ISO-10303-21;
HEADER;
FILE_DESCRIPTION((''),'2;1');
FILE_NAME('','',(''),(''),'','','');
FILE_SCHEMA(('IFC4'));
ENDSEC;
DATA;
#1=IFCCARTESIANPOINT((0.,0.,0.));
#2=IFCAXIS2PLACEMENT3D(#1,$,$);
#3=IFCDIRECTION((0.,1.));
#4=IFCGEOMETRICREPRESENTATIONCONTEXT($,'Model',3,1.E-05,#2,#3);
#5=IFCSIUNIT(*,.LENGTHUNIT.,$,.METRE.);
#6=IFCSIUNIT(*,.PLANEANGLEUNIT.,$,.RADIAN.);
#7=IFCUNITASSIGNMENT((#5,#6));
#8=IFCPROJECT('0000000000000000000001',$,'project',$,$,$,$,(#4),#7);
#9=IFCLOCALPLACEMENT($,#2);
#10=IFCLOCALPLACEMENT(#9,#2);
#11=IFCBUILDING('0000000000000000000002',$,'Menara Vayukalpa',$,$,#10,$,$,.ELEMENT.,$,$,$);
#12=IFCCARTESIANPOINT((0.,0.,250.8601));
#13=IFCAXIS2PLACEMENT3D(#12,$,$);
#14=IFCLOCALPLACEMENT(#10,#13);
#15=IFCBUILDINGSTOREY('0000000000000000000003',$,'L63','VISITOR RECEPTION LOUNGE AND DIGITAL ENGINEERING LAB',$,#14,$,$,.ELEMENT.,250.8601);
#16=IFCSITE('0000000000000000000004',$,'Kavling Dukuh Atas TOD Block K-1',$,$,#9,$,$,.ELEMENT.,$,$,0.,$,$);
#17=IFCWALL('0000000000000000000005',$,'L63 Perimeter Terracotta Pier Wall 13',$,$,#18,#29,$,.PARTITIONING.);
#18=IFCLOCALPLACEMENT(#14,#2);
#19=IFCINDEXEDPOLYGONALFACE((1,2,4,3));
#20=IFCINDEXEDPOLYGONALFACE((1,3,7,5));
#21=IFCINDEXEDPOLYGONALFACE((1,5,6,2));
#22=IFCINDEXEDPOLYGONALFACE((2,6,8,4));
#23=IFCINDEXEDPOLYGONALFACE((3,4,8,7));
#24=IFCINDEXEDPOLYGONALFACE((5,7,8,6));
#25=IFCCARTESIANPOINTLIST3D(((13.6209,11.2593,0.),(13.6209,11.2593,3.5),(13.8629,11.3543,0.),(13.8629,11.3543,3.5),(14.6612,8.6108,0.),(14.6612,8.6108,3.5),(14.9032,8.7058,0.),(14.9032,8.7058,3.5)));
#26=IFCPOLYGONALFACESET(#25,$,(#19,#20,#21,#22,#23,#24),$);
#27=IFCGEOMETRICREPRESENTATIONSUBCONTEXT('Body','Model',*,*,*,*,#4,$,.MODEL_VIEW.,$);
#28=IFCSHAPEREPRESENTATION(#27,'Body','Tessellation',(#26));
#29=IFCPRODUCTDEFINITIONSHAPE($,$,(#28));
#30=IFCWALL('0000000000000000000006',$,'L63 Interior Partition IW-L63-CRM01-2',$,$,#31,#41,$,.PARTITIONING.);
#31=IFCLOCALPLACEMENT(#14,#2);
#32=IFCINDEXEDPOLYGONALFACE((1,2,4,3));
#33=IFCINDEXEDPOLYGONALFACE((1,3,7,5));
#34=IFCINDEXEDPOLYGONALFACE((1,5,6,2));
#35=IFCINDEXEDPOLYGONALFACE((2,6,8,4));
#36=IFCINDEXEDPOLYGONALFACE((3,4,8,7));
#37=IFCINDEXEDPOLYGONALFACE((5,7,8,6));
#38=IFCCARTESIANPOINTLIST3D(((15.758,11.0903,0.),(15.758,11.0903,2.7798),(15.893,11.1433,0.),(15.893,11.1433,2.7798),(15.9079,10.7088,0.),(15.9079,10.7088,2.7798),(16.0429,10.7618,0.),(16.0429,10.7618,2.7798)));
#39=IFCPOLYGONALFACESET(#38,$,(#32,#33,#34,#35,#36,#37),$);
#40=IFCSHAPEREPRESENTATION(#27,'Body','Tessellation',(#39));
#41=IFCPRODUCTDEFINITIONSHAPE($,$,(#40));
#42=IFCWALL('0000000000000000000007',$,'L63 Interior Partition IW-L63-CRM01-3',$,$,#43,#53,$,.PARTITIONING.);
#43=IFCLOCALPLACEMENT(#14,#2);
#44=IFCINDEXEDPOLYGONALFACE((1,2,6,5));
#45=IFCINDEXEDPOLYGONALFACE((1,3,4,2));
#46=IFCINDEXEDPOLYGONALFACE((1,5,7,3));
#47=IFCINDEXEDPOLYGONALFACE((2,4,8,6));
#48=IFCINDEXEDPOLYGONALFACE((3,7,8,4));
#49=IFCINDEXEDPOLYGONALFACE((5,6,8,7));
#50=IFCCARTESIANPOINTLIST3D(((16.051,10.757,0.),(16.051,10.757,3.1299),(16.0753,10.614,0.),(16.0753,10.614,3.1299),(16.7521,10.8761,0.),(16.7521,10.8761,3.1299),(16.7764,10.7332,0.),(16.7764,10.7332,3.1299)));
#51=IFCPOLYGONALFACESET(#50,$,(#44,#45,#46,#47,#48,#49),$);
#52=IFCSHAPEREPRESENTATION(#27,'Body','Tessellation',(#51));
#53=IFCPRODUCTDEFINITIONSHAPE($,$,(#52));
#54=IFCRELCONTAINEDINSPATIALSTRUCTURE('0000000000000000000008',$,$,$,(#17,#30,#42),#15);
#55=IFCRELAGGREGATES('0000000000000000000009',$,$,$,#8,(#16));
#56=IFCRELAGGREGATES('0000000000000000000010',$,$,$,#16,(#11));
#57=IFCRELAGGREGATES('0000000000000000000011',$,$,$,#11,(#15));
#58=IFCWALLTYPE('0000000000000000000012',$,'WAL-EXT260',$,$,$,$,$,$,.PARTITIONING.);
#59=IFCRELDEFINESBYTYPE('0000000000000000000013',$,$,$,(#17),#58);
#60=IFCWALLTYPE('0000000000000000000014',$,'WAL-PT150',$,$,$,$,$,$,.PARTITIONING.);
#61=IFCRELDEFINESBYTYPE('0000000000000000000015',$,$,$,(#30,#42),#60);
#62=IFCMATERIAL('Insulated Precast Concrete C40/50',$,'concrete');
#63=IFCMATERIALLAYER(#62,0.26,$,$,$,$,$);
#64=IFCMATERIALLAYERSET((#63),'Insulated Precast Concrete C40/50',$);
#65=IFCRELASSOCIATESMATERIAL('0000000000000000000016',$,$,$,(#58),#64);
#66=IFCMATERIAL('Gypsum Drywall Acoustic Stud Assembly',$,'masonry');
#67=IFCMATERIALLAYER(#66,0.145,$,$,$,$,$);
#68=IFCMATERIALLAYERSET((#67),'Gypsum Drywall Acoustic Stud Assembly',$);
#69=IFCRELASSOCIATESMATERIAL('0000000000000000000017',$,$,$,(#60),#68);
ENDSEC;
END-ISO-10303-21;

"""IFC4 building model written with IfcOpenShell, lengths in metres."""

from ifc_helpers import new_model, si_unit, direction, frame, frame_2d, origin, place, context, subcontext, project, spatial, rectangle, extrude, material, layer, layer_set, type_object, element, save


model = new_model("IFC4")

# Units and contexts
model_context = context("Model", 3, precision=1e-05, world=origin(), true_north=direction((0.0, 1.0)))
body_context = subcontext(model_context, "Body", "Model", "MODEL_VIEW")
ifc_project = project(units=[si_unit("LENGTHUNIT", "METRE"), si_unit("PLANEANGLEUNIT", "RADIAN")], contexts=[model_context])

# Site, building, storey
site_placement = place(None, origin())
site = spatial("IfcSite", under=ifc_project, at=site_placement, Name="Kavling Dukuh Atas TOD Block K-1", CompositionType="ELEMENT", RefElevation=0.0)
building_placement = place(site_placement, origin())
building = spatial("IfcBuilding", under=site, at=building_placement, Name="Menara Vayukalpa", CompositionType="ELEMENT")
storey_placement = place(building_placement, frame((0.0, 0.0, 250.8601)))
storey = spatial("IfcBuildingStorey", under=building, at=storey_placement, Name="L63", Description="VISITOR RECEPTION LOUNGE AND DIGITAL ENGINEERING LAB", CompositionType="ELEMENT", Elevation=250.8601)

# Walls
ifc_material_1 = material(Name="Insulated Precast Concrete C40/50", Category="concrete")
ifc_layer_1 = layer(ifc_material_1, 0.26)
ifc_layer_set_1 = layer_set([ifc_layer_1], Name="Insulated Precast Concrete C40/50")
wall_type_1 = type_object("IfcWallType", Name="WAL-EXT260", PredefinedType="PARTITIONING", material=ifc_layer_set_1)
wall_1_placement = place(storey_placement, frame((14.7822, 8.6582, 0.0), z_axis=(0.0, 0.0, 1.0), x_axis=(-0.365599, 0.930772, 0.0)))
element("IfcWall", 1, at=wall_1_placement, inside=storey, type_object=wall_type_1, Name="L63 Perimeter Terracotta Pier Wall 13", PredefinedType="PARTITIONING", context=body_context, shape_type="SweptSolid", body=[
    extrude(rectangle(XDim=2.8455, YDim=0.26, at=frame_2d((1.4229, 0.0))), origin(), (0.0, 0.0, 1.0), 3.5),
])
ifc_material_2 = material(Name="Gypsum Drywall Acoustic Stud Assembly", Category="masonry")
ifc_layer_2 = layer(ifc_material_2, 0.145)
ifc_layer_set_2 = layer_set([ifc_layer_2], Name="Gypsum Drywall Acoustic Stud Assembly")
wall_type_2 = type_object("IfcWallType", Name="WAL-PT150", PredefinedType="PARTITIONING", material=ifc_layer_set_2)
wall_2_placement = place(storey_placement, frame((15.8254, 11.1169, 0.0), z_axis=(0.0, 0.0, 1.0), x_axis=(0.365634, -0.930759, 0.0)))
element("IfcWall", 2, at=wall_2_placement, inside=storey, type_object=wall_type_2, Name="L63 Interior Partition IW-L63-CRM01-2", PredefinedType="PARTITIONING", context=body_context, shape_type="SweptSolid", body=[
    extrude(rectangle(XDim=0.4099, YDim=0.145, at=frame_2d((0.2051, 0.0))), origin(), (0.0, 0.0, 1.0), 2.7798),
])
wall_3_placement = place(storey_placement, frame((16.0632, 10.6855, 0.0), z_axis=(0.0, 0.0, 1.0), x_axis=(0.985869, 0.167515, 0.0)))
element("IfcWall", 3, at=wall_3_placement, inside=storey, type_object=wall_type_2, Name="L63 Interior Partition IW-L63-CRM01-3", PredefinedType="PARTITIONING", context=body_context, shape_type="SweptSolid", body=[
    extrude(rectangle(XDim=0.7112, YDim=0.145, at=frame_2d((0.3555, 0.0))), origin(), (0.0, 0.0, 1.0), 3.1299),
])

save(model, "model.ifc")
